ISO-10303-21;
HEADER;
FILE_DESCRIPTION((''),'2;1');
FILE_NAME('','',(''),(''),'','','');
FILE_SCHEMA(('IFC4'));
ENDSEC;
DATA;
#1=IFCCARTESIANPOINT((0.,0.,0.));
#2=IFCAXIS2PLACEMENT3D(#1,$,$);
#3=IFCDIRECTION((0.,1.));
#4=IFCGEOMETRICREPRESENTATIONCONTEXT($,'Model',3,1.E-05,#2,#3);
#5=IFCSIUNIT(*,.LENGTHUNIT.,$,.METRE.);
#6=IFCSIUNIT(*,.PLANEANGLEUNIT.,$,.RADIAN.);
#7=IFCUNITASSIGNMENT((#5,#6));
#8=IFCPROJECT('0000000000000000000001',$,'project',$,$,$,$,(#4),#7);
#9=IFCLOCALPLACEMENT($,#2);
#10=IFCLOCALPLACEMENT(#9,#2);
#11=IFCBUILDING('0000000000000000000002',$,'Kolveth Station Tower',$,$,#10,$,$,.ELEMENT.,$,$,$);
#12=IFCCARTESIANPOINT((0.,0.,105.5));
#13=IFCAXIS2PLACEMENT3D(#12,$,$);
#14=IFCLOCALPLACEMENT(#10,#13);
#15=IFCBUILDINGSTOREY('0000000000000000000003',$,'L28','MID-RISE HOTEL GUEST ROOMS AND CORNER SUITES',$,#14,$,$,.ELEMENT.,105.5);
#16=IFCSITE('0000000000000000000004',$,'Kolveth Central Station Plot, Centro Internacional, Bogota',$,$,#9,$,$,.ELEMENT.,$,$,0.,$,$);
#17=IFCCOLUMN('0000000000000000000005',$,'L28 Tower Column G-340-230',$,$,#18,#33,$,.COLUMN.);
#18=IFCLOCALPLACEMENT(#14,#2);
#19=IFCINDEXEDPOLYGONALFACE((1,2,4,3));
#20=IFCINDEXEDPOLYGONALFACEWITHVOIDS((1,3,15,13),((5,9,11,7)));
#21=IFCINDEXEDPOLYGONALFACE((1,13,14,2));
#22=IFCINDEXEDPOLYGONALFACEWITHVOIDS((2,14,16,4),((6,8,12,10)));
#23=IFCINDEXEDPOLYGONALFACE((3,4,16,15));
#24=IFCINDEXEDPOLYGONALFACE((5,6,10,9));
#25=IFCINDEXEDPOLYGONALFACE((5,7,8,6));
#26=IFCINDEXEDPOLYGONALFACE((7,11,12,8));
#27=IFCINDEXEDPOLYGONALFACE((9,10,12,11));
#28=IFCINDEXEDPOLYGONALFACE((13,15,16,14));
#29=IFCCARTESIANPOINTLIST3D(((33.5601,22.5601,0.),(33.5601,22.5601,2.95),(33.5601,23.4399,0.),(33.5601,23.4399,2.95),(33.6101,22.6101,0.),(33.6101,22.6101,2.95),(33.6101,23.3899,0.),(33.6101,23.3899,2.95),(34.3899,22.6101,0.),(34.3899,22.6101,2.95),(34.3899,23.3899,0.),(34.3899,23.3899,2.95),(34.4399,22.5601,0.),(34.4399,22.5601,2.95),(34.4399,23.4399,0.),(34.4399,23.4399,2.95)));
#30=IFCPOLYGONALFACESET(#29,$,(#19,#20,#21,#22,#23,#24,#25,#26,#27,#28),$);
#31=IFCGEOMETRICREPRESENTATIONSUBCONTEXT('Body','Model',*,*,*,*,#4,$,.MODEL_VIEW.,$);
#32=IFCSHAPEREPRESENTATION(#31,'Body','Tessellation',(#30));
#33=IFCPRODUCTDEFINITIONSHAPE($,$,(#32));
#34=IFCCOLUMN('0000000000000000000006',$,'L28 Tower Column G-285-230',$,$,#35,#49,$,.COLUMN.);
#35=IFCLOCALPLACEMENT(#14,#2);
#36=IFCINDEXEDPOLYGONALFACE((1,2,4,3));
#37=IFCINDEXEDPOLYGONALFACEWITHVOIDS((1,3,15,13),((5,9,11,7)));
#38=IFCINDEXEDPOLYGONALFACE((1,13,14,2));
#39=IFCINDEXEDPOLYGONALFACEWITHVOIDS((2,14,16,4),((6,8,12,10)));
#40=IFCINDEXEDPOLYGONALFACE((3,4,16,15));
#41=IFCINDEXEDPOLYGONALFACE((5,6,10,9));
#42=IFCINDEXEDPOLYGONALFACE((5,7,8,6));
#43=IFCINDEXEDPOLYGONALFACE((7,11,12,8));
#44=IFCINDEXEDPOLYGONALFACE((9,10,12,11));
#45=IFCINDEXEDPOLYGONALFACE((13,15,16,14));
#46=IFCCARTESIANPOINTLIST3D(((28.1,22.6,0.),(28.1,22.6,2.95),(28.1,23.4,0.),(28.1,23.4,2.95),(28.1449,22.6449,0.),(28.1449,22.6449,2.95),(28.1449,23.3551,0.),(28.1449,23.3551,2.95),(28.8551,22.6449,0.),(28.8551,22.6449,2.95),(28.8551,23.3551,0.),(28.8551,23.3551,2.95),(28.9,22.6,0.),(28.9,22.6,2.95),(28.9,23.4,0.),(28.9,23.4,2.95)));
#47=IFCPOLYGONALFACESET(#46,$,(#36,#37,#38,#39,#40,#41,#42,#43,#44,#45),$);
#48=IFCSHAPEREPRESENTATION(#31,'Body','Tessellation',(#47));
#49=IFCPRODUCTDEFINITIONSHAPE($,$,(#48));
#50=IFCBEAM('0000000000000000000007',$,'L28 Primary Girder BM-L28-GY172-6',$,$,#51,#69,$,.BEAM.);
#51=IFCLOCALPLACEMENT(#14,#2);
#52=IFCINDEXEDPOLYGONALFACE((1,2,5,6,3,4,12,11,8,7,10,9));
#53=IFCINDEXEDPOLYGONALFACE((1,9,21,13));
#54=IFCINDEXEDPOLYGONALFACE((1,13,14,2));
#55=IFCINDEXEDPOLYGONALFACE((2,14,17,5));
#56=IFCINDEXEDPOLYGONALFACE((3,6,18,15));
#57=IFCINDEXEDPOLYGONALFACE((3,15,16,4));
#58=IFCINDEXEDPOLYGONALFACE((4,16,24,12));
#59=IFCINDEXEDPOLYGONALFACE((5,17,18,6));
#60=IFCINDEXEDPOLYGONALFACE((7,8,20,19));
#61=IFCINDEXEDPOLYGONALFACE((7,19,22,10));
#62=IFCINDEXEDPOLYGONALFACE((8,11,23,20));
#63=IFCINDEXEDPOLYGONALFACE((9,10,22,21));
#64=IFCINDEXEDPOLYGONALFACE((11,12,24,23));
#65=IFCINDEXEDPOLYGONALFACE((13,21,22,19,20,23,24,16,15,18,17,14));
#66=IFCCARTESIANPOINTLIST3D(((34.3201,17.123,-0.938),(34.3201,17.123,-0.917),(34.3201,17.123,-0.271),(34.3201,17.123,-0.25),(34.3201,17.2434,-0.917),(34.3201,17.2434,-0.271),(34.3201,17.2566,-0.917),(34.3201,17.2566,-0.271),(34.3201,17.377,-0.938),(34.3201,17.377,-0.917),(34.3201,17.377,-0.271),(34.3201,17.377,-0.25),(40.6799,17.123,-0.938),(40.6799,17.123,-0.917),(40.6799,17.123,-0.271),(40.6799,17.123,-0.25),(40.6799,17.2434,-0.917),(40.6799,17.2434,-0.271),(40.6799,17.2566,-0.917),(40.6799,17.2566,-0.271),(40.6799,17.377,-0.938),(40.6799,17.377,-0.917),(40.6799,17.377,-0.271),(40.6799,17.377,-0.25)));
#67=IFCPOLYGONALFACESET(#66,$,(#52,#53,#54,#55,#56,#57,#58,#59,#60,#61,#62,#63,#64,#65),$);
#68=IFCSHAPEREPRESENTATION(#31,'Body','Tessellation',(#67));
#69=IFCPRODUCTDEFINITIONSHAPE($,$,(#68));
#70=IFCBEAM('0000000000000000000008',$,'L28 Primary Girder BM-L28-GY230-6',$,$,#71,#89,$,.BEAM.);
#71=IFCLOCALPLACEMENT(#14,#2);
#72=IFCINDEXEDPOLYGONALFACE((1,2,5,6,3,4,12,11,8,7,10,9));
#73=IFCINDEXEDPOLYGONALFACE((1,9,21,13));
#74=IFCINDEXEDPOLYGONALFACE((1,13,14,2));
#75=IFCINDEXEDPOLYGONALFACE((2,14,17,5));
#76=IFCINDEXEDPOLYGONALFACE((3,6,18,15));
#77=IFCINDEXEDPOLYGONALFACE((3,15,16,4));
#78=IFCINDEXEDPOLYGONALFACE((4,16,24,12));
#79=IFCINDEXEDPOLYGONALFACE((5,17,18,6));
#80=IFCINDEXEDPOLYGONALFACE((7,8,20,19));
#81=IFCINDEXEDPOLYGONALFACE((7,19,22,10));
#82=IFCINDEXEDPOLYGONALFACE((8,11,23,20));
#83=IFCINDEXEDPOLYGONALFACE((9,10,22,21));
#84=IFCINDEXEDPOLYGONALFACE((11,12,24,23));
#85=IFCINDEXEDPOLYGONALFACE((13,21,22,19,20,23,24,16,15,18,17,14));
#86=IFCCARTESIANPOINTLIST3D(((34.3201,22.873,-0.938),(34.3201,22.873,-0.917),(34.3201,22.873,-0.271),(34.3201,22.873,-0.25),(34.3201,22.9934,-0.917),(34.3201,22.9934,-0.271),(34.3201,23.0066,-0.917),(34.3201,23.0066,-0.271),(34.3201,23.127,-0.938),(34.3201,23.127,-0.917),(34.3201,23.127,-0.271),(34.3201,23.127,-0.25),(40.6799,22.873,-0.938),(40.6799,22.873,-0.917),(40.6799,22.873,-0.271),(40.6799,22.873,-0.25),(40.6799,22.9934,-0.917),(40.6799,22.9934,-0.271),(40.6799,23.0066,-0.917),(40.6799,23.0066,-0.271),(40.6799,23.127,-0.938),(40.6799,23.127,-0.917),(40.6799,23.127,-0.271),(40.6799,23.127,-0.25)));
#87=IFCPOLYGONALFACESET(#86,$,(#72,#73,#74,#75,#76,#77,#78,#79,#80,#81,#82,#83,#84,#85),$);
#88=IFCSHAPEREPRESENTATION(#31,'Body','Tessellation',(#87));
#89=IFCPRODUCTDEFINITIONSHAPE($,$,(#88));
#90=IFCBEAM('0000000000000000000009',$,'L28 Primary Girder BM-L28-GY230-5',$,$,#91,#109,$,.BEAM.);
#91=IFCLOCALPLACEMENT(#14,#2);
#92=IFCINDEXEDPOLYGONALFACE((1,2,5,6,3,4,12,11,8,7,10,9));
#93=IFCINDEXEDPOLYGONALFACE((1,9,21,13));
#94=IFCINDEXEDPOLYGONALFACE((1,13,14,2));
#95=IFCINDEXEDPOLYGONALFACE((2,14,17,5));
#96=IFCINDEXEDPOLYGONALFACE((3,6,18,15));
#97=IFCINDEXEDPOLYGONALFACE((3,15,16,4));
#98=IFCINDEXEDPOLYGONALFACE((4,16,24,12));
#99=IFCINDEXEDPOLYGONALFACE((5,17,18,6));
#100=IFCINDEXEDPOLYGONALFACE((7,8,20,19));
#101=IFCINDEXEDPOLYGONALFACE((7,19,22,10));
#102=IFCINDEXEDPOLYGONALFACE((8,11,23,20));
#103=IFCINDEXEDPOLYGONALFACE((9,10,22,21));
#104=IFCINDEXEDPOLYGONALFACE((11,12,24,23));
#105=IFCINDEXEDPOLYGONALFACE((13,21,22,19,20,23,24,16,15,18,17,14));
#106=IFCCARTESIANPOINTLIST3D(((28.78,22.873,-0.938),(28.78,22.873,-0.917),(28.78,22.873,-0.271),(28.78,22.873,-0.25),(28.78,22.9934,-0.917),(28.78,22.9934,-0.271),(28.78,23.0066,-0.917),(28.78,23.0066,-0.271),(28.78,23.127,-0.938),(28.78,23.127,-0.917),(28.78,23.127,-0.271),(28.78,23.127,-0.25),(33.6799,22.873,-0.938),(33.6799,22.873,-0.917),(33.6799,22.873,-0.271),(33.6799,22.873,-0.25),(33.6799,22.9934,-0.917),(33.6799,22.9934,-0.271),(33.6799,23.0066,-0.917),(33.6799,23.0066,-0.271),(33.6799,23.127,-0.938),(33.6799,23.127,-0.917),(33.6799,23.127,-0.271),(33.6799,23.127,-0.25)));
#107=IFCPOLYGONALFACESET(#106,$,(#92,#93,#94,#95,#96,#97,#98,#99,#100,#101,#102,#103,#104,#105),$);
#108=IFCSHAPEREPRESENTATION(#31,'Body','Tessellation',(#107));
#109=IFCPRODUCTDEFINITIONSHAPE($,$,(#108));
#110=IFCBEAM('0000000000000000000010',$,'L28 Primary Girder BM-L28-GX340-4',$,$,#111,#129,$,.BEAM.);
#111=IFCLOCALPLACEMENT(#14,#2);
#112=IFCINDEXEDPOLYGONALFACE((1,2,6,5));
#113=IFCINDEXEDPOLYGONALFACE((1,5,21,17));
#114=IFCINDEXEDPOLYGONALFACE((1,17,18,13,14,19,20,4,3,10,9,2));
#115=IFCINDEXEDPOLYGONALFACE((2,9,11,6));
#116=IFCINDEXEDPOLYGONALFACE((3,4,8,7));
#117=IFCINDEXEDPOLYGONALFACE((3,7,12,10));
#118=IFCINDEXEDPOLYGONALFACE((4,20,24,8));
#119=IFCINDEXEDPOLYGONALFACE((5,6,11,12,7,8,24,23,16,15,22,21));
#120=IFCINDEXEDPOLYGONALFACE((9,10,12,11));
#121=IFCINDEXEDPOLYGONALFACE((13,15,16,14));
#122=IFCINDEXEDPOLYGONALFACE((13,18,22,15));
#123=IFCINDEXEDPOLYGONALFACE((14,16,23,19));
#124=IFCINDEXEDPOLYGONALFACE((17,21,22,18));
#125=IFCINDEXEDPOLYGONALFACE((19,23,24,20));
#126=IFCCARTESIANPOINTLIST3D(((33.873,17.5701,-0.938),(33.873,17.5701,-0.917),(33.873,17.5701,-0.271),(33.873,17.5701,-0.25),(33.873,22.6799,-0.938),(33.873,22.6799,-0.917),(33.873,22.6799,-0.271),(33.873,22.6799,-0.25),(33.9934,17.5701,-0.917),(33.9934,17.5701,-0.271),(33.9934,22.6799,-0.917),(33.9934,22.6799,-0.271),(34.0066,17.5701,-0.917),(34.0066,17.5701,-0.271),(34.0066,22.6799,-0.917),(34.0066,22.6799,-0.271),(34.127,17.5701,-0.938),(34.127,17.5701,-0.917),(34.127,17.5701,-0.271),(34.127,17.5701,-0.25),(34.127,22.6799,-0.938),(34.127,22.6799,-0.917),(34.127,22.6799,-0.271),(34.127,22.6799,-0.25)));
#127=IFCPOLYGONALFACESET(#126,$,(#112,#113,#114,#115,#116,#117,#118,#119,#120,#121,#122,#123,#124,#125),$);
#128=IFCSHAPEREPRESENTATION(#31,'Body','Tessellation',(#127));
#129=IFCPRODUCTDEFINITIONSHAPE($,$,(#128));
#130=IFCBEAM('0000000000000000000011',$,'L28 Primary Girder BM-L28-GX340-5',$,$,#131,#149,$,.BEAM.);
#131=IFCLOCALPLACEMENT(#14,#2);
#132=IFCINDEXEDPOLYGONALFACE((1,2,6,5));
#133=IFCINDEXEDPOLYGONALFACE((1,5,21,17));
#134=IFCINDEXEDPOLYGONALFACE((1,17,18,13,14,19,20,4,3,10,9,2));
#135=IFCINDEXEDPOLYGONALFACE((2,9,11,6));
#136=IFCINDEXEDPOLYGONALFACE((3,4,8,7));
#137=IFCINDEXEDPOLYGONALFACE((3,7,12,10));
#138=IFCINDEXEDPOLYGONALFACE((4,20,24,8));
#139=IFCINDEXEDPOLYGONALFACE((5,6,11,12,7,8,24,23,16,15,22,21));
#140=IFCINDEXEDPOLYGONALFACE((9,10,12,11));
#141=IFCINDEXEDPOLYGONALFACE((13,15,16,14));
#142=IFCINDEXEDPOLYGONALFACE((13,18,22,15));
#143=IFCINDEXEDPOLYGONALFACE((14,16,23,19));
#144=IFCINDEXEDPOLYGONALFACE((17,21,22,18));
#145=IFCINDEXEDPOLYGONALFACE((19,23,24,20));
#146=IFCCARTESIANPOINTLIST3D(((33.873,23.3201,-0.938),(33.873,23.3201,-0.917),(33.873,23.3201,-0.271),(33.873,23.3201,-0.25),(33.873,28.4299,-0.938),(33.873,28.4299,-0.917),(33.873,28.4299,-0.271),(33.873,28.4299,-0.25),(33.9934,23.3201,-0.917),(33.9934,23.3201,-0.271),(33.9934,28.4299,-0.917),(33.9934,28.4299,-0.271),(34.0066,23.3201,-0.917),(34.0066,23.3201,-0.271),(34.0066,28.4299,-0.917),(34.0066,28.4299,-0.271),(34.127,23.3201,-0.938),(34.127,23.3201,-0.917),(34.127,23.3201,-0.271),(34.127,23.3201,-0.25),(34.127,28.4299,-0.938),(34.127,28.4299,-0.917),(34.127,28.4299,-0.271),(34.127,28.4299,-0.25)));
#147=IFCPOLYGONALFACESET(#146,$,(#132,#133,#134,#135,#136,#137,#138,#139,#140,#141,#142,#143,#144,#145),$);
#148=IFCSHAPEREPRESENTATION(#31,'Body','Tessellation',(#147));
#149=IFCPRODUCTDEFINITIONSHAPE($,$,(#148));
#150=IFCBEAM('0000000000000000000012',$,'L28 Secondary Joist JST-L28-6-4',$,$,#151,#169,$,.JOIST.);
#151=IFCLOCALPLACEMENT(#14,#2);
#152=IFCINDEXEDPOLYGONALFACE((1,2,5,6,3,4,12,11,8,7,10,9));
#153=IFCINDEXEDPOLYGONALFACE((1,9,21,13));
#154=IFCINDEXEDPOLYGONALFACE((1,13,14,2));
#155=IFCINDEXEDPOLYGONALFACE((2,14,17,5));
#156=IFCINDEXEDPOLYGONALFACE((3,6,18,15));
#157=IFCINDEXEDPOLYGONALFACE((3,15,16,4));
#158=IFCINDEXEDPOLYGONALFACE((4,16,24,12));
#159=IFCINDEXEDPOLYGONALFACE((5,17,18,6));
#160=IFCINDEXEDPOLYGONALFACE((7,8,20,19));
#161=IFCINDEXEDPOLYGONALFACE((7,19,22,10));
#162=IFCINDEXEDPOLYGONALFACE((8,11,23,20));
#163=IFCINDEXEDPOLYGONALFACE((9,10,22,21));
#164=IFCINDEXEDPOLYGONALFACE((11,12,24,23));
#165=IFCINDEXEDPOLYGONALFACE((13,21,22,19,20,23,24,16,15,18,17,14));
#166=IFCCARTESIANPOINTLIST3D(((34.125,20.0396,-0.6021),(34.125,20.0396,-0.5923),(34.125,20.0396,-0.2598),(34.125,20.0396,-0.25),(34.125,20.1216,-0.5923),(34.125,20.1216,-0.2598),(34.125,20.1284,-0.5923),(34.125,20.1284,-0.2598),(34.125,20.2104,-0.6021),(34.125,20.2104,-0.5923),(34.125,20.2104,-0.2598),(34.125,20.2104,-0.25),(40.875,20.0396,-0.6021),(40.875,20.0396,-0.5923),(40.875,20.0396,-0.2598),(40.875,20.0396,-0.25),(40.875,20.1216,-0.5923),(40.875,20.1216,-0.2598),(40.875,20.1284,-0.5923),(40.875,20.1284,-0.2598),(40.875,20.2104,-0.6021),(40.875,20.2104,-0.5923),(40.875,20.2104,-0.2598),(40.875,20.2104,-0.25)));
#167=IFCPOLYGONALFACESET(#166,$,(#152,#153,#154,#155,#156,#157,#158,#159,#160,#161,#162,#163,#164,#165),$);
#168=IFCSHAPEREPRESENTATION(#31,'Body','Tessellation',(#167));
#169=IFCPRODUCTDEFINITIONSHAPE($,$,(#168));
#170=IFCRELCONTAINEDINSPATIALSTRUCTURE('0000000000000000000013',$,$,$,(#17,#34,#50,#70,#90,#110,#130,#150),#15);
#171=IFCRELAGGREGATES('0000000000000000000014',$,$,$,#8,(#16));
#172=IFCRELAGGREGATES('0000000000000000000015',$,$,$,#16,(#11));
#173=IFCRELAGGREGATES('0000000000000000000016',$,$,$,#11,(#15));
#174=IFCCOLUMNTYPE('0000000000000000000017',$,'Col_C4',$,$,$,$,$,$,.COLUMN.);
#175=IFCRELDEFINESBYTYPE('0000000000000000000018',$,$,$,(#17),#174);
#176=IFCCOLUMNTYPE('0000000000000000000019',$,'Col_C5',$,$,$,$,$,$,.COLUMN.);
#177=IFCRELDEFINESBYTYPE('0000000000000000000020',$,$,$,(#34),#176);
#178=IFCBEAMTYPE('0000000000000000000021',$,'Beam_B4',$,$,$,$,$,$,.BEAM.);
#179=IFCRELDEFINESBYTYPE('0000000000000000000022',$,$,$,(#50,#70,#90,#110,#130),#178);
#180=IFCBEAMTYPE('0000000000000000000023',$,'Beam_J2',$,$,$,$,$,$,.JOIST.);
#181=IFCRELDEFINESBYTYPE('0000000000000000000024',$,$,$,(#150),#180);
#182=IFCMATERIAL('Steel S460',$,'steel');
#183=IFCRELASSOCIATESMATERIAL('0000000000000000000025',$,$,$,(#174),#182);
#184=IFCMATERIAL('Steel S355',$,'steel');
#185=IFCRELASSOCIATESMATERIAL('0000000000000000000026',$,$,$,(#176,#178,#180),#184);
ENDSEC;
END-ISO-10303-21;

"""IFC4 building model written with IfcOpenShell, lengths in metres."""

from ifc_helpers import new_model, si_unit, direction, frame, origin, origin_2d, place, context, subcontext, project, spatial, hollow_rectangle, i_section, extrude, source, transform, mapped, material, material_profile, profile_set, type_object, element, save


model = new_model("IFC4")

# Units and contexts
model_context = context("Model", 3, precision=1e-05, world=origin(), true_north=direction((0.0, 1.0)))
body_context = subcontext(model_context, "Body", "Model", "MODEL_VIEW")
ifc_project = project(units=[si_unit("LENGTHUNIT", "METRE"), si_unit("PLANEANGLEUNIT", "RADIAN")], contexts=[model_context])

# Site, building, storey
site_placement = place(None, origin())
site = spatial("IfcSite", under=ifc_project, at=site_placement, Name="Kolveth Central Station Plot, Centro Internacional, Bogota", CompositionType="ELEMENT", RefElevation=0.0)
building_placement = place(site_placement, origin())
building = spatial("IfcBuilding", under=site, at=building_placement, Name="Kolveth Station Tower", CompositionType="ELEMENT")
storey_placement = place(building_placement, frame((0.0, 0.0, 105.5)))
storey = spatial("IfcBuildingStorey", under=building, at=storey_placement, Name="L28", Description="MID-RISE HOTEL GUEST ROOMS AND CORNER SUITES", CompositionType="ELEMENT", Elevation=105.5)

# Columns
ifc_material_1 = material(Name="Steel S460", Category="steel")
ifc_material_profile_1 = material_profile(ifc_material_1, hollow_rectangle(XDim=0.8799, YDim=0.8799, WallThickness=0.05, at=origin_2d()), Name="BOX880x880x50")
ifc_profile_set_1 = profile_set([ifc_material_profile_1], Name="Steel S460")
column_type_1 = type_object("IfcColumnType", Name="Col_C4", PredefinedType="COLUMN", material=ifc_profile_set_1)
shared_shape_1 = source(origin(), body_context, "Body", "SweptSolid", [
    extrude(hollow_rectangle(XDim=0.8799, YDim=0.8799, WallThickness=0.05, at=origin_2d()), origin(), (0.0, 0.0, 1.0), 2.95),
])
column_1_placement = place(storey_placement, frame((34.0, 23.0, 0.0), z_axis=(0.0, 0.0, 1.0), x_axis=(1.0, 0.0, 0.0)))
element("IfcColumn", 1, at=column_1_placement, inside=storey, type_object=column_type_1, Name="L28 Tower Column G-340-230", PredefinedType="COLUMN", context=body_context, shape_type="MappedRepresentation", body=[
    mapped(shared_shape_1, transform((0.0, 0.0, 0.0), x_axis=(1.0, 0.0, 0.0), y_axis=(0.0, 1.0, 0.0), z_axis=(0.0, 0.0, 1.0), scale=1.0)),
])
ifc_material_2 = material(Name="Steel S355", Category="steel")
ifc_material_profile_2 = material_profile(ifc_material_2, hollow_rectangle(XDim=0.8, YDim=0.8, WallThickness=0.0449, at=origin_2d()), Name="BOX800x800x45")
ifc_profile_set_2 = profile_set([ifc_material_profile_2], Name="Steel S355")
column_type_2 = type_object("IfcColumnType", Name="Col_C5", PredefinedType="COLUMN", material=ifc_profile_set_2)
shared_shape_2 = source(origin(), body_context, "Body", "SweptSolid", [
    extrude(hollow_rectangle(XDim=0.8, YDim=0.8, WallThickness=0.0449, at=origin_2d()), origin(), (0.0, 0.0, 1.0), 2.95),
])
column_2_placement = place(storey_placement, frame((28.5, 23.0, 0.0), z_axis=(0.0, 0.0, 1.0), x_axis=(1.0, 0.0, 0.0)))
element("IfcColumn", 2, at=column_2_placement, inside=storey, type_object=column_type_2, Name="L28 Tower Column G-285-230", PredefinedType="COLUMN", context=body_context, shape_type="MappedRepresentation", body=[
    mapped(shared_shape_2, transform((0.0, 0.0, 0.0), x_axis=(1.0, 0.0, 0.0), y_axis=(0.0, 1.0, 0.0), z_axis=(0.0, 0.0, 1.0), scale=1.0)),
])

# Beams
ifc_material_profile_3 = material_profile(ifc_material_2, i_section(OverallWidth=0.2539, OverallDepth=0.688, WebThickness=0.0132, FlangeThickness=0.021, at=origin_2d()), Name="W690x152")
ifc_profile_set_3 = profile_set([ifc_material_profile_3], Name="Steel S355")
beam_type_1 = type_object("IfcBeamType", Name="Beam_B4", PredefinedType="BEAM", material=ifc_profile_set_3)
shared_shape_3 = source(origin(), body_context, "Body", "SweptSolid", [
    extrude(i_section(OverallWidth=0.2539, OverallDepth=0.688, WebThickness=0.0132, FlangeThickness=0.021, at=origin_2d()), origin(), (0.0, 0.0, 1.0), 6.3599),
])
for number, where, z_axis, x_axis, name in (
    (3, (34.3201, 17.25, -0.594), (1.0, 0.0, 0.0), (0.0, 1.0, 0.0), "L28 Primary Girder BM-L28-GY172-6"),
    (4, (34.3201, 23.0, -0.594), (1.0, 0.0, 0.0), (0.0, 1.0, 0.0), "L28 Primary Girder BM-L28-GY230-6"),
):
    element("IfcBeam", number, at=place(storey_placement, frame(where, z_axis=z_axis, x_axis=x_axis)), inside=storey, type_object=beam_type_1, Name=name, PredefinedType="BEAM", context=body_context, shape_type="MappedRepresentation", body=[
        mapped(shared_shape_3, transform((0.0, 0.0, 0.0), x_axis=(1.0, 0.0, 0.0), y_axis=(0.0, 1.0, 0.0), z_axis=(0.0, 0.0, 1.0), scale=1.0)),
    ])
shared_shape_4 = source(origin(), body_context, "Body", "SweptSolid", [
    extrude(i_section(OverallWidth=0.2539, OverallDepth=0.688, WebThickness=0.0132, FlangeThickness=0.021, at=origin_2d()), origin(), (0.0, 0.0, 1.0), 4.8999),
])
beam_1_placement = place(storey_placement, frame((28.78, 23.0, -0.594), z_axis=(1.0, 0.0, 0.0), x_axis=(0.0, 1.0, 0.0)))
element("IfcBeam", 5, at=beam_1_placement, inside=storey, type_object=beam_type_1, Name="L28 Primary Girder BM-L28-GY230-5", PredefinedType="BEAM", context=body_context, shape_type="MappedRepresentation", body=[
    mapped(shared_shape_4, transform((0.0, 0.0, 0.0), x_axis=(1.0, 0.0, 0.0), y_axis=(0.0, 1.0, 0.0), z_axis=(0.0, 0.0, 1.0), scale=1.0)),
])
shared_shape_5 = source(origin(), body_context, "Body", "SweptSolid", [
    extrude(i_section(OverallWidth=0.2539, OverallDepth=0.688, WebThickness=0.0132, FlangeThickness=0.021, at=origin_2d()), origin(), (0.0, 0.0, 1.0), 5.1099),
])
for number, where, z_axis, x_axis, name in (
    (6, (34.0, 17.5701, -0.594), (0.0, 1.0, 0.0), (-1.0, 0.0, 0.0), "L28 Primary Girder BM-L28-GX340-4"),
    (7, (34.0, 23.3201, -0.594), (0.0, 1.0, 0.0), (-1.0, 0.0, 0.0), "L28 Primary Girder BM-L28-GX340-5"),
):
    element("IfcBeam", number, at=place(storey_placement, frame(where, z_axis=z_axis, x_axis=x_axis)), inside=storey, type_object=beam_type_1, Name=name, PredefinedType="BEAM", context=body_context, shape_type="MappedRepresentation", body=[
        mapped(shared_shape_5, transform((0.0, 0.0, 0.0), x_axis=(1.0, 0.0, 0.0), y_axis=(0.0, 1.0, 0.0), z_axis=(0.0, 0.0, 1.0), scale=1.0)),
    ])
ifc_material_profile_4 = material_profile(ifc_material_2, i_section(OverallWidth=0.1709, OverallDepth=0.3521, WebThickness=0.0068, FlangeThickness=0.0098, at=origin_2d()), Name="W360x44")
ifc_profile_set_4 = profile_set([ifc_material_profile_4], Name="Steel S355")
beam_type_2 = type_object("IfcBeamType", Name="Beam_J2", PredefinedType="JOIST", material=ifc_profile_set_4)
shared_shape_6 = source(origin(), body_context, "Body", "SweptSolid", [
    extrude(i_section(OverallWidth=0.1709, OverallDepth=0.3521, WebThickness=0.0068, FlangeThickness=0.0098, at=origin_2d()), origin(), (0.0, 0.0, 1.0), 6.75),
])
beam_2_placement = place(storey_placement, frame((34.125, 20.125, -0.426), z_axis=(1.0, 0.0, 0.0), x_axis=(0.0, 1.0, 0.0)))
element("IfcBeam", 8, at=beam_2_placement, inside=storey, type_object=beam_type_2, Name="L28 Secondary Joist JST-L28-6-4", PredefinedType="JOIST", context=body_context, shape_type="MappedRepresentation", body=[
    mapped(shared_shape_6, transform((0.0, 0.0, 0.0), x_axis=(1.0, 0.0, 0.0), y_axis=(0.0, 1.0, 0.0), z_axis=(0.0, 0.0, 1.0), scale=1.0)),
])

save(model, "model.ifc")
